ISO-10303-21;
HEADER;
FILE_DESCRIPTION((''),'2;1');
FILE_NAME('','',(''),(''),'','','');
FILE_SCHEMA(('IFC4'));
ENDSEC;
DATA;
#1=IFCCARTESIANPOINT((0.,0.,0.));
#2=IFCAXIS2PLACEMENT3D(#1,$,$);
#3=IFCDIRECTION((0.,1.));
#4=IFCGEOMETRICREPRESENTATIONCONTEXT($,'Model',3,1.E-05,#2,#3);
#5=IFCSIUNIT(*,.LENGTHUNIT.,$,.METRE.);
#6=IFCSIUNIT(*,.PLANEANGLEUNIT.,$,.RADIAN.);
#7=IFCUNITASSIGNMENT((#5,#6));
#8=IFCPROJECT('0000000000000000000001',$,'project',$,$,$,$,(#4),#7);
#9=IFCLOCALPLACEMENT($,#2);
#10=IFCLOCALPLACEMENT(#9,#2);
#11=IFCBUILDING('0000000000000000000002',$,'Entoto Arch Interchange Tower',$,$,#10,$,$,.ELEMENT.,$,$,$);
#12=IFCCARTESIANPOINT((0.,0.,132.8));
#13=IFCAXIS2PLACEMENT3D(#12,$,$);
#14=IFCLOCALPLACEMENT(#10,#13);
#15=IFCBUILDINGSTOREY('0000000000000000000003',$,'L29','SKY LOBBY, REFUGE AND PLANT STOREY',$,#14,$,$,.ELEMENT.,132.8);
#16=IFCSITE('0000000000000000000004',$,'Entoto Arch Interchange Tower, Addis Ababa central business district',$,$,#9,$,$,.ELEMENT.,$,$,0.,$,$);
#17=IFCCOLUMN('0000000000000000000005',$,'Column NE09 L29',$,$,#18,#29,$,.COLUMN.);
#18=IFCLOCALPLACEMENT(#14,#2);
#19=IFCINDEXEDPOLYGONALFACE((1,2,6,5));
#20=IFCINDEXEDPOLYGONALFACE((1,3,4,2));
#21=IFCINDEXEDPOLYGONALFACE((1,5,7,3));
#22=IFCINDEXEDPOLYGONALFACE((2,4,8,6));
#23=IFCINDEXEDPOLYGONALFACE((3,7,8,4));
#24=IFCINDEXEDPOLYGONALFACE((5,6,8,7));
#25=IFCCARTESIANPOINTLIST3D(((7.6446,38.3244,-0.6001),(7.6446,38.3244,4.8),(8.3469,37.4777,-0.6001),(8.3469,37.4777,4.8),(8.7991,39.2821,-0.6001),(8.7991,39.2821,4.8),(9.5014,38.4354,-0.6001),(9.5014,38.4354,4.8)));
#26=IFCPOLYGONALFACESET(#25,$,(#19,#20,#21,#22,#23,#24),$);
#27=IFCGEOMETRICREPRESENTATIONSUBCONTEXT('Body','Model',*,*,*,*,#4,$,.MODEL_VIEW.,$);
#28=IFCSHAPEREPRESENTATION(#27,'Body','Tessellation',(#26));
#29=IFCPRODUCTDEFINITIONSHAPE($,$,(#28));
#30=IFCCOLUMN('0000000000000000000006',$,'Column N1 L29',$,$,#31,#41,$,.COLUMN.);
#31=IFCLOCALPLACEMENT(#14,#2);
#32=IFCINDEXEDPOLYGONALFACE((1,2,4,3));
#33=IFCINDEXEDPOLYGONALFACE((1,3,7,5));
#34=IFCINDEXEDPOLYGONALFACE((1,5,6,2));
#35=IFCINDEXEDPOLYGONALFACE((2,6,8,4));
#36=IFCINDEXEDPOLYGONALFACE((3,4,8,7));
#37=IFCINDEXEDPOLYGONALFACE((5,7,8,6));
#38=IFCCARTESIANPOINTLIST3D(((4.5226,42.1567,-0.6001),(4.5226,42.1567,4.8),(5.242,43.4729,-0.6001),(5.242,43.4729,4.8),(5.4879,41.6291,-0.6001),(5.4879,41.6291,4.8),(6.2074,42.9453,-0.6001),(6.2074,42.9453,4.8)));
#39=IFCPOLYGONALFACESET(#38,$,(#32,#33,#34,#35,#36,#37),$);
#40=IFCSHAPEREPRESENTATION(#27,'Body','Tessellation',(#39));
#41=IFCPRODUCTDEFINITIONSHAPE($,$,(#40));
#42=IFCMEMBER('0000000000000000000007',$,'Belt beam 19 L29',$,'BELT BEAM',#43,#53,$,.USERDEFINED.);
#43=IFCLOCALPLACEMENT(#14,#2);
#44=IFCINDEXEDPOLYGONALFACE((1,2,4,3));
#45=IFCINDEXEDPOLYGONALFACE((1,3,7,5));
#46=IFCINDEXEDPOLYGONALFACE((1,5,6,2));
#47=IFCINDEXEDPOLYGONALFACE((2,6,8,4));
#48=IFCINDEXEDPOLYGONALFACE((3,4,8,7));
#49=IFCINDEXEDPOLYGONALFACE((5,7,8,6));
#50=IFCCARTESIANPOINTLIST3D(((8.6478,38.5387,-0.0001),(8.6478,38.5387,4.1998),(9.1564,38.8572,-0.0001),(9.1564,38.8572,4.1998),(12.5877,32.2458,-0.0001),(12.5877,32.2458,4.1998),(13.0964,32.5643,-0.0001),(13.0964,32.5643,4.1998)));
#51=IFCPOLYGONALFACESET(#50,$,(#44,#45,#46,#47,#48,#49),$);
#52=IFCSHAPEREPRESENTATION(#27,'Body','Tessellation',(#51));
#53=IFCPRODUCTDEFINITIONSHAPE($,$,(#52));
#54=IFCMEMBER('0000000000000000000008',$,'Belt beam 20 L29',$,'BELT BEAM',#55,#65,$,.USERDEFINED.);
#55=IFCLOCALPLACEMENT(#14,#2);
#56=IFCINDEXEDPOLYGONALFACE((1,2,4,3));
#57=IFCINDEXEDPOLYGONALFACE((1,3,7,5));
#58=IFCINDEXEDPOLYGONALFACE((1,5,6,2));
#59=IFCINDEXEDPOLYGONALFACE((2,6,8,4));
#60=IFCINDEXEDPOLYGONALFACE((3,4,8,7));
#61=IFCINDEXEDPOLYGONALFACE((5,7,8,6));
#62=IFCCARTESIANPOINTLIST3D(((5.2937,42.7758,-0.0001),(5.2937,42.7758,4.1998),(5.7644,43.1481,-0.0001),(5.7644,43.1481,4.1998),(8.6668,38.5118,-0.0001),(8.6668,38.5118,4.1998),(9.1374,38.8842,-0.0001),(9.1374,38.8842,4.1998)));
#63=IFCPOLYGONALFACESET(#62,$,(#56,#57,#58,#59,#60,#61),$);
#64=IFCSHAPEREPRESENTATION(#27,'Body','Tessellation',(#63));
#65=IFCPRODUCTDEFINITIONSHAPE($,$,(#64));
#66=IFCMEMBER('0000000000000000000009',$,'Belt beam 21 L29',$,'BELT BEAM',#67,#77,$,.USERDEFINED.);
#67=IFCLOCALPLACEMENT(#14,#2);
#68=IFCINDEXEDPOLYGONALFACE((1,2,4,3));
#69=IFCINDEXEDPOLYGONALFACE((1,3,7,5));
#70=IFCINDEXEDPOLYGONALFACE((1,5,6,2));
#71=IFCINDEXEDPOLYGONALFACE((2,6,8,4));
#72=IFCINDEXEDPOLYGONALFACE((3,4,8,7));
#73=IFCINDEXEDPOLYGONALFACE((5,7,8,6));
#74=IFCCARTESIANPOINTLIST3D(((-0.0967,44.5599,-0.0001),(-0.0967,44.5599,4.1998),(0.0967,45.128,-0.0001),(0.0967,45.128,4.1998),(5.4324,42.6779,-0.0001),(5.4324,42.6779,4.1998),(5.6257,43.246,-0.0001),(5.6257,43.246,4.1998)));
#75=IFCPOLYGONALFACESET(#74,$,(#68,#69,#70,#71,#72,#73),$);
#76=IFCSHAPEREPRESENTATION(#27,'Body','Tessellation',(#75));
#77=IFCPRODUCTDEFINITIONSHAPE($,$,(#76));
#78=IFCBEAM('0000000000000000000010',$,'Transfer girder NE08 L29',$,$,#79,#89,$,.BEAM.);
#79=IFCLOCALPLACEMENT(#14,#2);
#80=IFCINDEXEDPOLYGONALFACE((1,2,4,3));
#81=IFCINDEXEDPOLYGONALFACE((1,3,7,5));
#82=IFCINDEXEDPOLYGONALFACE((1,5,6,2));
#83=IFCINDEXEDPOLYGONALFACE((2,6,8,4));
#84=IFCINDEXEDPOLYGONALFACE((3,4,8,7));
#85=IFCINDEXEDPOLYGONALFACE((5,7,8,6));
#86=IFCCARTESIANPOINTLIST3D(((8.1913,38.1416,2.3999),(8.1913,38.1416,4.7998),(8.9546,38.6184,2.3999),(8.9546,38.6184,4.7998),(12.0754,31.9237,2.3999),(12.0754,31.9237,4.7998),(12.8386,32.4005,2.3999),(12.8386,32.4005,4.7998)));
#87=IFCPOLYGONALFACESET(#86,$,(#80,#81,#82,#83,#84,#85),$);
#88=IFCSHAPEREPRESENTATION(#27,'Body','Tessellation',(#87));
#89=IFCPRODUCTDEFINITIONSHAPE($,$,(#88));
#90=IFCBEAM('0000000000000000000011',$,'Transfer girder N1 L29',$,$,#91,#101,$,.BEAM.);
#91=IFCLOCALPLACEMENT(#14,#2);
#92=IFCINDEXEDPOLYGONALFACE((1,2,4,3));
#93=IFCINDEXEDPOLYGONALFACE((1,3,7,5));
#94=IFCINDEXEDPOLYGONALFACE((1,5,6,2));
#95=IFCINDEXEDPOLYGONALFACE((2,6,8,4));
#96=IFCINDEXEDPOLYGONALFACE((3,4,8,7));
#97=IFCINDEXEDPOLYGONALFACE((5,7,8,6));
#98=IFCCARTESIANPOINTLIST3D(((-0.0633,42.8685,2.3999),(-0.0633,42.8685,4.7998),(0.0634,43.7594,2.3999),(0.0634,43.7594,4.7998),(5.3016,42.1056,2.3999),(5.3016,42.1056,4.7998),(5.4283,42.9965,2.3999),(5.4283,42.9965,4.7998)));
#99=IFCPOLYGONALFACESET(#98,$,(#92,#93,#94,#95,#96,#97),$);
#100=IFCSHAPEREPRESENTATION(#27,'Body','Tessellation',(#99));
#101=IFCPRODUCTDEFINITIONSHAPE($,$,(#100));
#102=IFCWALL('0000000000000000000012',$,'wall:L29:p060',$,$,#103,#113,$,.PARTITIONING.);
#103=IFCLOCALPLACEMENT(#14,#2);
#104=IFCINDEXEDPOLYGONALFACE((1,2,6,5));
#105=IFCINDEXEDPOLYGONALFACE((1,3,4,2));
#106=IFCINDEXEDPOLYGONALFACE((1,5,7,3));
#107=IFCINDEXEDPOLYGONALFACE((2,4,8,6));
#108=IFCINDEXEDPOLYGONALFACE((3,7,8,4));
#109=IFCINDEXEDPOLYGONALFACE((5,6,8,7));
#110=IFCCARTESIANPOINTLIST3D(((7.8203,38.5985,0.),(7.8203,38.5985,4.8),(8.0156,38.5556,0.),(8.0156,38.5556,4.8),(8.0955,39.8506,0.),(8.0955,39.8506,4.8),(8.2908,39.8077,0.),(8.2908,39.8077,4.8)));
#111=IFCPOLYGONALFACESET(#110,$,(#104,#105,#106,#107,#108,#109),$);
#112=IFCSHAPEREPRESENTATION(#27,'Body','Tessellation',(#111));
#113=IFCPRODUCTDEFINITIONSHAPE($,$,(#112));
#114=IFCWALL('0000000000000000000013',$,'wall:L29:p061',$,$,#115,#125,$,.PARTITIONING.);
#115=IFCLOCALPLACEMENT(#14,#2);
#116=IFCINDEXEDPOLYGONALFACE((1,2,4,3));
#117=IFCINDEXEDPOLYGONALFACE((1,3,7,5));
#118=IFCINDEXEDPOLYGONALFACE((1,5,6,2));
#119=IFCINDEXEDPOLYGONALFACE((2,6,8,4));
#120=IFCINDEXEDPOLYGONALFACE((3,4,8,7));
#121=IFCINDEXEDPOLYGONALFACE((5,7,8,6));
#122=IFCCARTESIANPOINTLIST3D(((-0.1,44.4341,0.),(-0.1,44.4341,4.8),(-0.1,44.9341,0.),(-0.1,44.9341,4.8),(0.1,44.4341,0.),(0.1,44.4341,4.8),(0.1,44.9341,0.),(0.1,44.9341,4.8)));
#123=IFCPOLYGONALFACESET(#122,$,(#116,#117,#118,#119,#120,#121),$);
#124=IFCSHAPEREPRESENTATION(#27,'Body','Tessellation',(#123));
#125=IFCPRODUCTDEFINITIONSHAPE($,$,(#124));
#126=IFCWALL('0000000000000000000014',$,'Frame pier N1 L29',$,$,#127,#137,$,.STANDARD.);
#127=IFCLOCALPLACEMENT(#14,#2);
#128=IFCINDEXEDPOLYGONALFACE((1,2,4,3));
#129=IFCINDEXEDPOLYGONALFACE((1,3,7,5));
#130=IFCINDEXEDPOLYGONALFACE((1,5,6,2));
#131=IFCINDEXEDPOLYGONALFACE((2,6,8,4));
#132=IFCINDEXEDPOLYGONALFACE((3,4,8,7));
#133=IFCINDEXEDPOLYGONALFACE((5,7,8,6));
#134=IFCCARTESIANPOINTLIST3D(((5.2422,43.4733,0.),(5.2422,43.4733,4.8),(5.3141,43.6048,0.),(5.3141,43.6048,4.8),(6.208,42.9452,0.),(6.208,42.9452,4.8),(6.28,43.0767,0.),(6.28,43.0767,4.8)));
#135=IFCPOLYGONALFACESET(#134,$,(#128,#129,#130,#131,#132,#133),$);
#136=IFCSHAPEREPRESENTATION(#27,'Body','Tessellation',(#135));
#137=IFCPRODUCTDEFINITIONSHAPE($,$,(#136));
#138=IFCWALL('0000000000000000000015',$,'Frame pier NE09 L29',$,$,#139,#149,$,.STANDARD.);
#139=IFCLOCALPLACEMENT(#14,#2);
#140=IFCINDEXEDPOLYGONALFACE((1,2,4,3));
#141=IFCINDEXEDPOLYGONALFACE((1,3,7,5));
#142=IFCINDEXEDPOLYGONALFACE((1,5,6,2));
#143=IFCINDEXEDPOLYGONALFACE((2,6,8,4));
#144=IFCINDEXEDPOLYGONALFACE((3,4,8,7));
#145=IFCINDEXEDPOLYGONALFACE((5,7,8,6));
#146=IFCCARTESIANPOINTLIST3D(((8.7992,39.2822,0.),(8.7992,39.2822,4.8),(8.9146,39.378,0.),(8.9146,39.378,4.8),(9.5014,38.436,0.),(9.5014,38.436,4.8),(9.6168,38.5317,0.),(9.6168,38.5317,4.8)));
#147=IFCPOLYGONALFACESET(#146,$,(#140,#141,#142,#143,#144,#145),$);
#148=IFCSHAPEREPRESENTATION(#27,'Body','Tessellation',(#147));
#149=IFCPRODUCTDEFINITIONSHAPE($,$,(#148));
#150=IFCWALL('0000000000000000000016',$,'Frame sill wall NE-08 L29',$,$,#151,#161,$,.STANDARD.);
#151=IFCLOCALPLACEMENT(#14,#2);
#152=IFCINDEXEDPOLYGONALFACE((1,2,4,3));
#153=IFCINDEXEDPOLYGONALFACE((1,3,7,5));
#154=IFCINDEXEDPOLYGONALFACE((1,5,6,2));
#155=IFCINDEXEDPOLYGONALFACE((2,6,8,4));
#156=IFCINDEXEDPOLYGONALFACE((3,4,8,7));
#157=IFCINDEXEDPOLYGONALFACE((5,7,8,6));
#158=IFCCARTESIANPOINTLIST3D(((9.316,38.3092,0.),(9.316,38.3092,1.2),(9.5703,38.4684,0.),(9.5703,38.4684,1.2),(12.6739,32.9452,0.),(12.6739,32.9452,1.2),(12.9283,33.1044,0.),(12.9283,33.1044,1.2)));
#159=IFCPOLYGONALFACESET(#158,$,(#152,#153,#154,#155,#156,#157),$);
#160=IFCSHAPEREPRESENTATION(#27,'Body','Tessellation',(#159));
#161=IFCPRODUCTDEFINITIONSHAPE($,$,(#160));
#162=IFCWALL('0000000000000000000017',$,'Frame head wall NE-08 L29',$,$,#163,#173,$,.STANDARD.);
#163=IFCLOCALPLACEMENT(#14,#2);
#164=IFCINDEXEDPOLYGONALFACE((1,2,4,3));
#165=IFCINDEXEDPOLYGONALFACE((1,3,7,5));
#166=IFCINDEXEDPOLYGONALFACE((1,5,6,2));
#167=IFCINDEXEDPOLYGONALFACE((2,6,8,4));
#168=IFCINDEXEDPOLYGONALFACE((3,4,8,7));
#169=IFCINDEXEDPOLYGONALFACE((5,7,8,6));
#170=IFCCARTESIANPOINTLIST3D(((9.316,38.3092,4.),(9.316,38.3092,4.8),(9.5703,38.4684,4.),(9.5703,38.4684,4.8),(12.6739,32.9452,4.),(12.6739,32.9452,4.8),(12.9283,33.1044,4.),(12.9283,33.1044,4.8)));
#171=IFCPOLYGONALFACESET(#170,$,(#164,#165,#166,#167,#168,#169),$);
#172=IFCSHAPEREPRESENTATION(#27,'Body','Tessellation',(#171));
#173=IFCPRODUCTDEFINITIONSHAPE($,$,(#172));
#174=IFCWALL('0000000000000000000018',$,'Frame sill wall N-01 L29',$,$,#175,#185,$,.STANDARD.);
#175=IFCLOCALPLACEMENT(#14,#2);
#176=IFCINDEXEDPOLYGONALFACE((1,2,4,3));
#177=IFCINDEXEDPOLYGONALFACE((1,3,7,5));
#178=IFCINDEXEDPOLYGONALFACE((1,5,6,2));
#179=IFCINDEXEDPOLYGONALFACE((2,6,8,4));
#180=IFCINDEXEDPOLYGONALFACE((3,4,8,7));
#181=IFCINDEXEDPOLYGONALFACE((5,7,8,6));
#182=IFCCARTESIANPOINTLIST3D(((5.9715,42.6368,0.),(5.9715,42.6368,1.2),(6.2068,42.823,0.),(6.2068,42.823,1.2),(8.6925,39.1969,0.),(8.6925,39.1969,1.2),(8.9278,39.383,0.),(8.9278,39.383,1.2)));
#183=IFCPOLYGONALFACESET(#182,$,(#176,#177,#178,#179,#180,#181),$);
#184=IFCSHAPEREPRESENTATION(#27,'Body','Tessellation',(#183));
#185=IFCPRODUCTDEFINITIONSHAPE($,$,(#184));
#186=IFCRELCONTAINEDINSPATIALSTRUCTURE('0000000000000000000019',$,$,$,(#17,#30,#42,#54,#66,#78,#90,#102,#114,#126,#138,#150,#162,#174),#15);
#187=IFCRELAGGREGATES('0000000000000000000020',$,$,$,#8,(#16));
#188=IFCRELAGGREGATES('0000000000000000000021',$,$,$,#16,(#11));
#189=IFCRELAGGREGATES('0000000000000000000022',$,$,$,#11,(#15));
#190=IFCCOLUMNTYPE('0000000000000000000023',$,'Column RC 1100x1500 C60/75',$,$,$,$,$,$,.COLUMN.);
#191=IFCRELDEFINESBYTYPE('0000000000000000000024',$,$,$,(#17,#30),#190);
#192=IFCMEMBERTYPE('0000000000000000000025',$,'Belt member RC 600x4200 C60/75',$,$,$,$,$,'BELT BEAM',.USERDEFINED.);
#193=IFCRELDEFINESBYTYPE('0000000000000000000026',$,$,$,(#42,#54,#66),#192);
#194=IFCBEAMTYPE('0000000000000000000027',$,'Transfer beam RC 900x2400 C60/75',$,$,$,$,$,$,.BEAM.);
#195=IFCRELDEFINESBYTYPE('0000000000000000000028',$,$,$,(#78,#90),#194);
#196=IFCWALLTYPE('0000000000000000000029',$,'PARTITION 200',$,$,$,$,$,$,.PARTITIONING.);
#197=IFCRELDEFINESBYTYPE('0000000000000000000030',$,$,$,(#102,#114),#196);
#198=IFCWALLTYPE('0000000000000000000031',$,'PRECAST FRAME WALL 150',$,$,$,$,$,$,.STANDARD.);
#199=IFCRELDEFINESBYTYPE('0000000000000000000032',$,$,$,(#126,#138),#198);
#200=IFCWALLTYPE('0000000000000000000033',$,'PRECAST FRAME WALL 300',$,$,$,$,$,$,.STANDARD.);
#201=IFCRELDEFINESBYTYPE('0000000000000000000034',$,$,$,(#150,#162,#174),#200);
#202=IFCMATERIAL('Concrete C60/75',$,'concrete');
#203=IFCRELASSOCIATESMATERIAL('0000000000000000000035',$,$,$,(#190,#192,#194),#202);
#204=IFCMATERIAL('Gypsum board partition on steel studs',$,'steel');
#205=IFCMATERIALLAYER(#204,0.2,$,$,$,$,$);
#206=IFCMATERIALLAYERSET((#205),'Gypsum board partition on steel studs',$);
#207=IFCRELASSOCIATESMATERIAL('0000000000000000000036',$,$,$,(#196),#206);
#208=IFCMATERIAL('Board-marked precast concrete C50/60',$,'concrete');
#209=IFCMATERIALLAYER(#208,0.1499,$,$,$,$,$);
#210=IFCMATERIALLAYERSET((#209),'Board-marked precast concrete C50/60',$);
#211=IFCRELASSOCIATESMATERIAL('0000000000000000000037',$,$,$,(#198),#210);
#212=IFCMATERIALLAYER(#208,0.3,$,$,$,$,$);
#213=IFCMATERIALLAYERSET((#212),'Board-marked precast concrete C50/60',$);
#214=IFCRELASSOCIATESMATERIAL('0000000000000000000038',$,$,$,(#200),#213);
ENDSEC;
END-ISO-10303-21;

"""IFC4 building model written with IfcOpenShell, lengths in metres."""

from ifc_helpers import new_model, si_unit, direction, frame, frame_2d, origin, origin_2d, place, context, subcontext, project, spatial, rectangle, extrude, material, layer, layer_set, material_profile, profile_set, type_object, element, save


model = new_model("IFC4")

# Units and contexts
model_context = context("Model", 3, precision=1e-05, world=origin(), true_north=direction((0.0, 1.0)))
body_context = subcontext(model_context, "Body", "Model", "MODEL_VIEW")
ifc_project = project(units=[si_unit("LENGTHUNIT", "METRE"), si_unit("PLANEANGLEUNIT", "RADIAN")], contexts=[model_context])

# Site, building, storey
site_placement = place(None, origin())
site = spatial("IfcSite", under=ifc_project, at=site_placement, Name="Entoto Arch Interchange Tower, Addis Ababa central business district", CompositionType="ELEMENT", RefElevation=0.0)
building_placement = place(site_placement, origin())
building = spatial("IfcBuilding", under=site, at=building_placement, Name="Entoto Arch Interchange Tower", CompositionType="ELEMENT")
storey_placement = place(building_placement, frame((0.0, 0.0, 132.8)))
storey = spatial("IfcBuildingStorey", under=building, at=storey_placement, Name="L29", Description="SKY LOBBY, REFUGE AND PLANT STOREY", CompositionType="ELEMENT", Elevation=132.8)

# Columns
ifc_material_1 = material(Name="Concrete C60/75", Category="concrete")
ifc_material_profile_1 = material_profile(ifc_material_1, rectangle(XDim=1.1001, YDim=1.5, at=origin_2d()))
ifc_profile_set_1 = profile_set([ifc_material_profile_1], Name="Concrete C60/75")
column_type = type_object("IfcColumnType", Name="Column RC 1100x1500 C60/75", PredefinedType="COLUMN", material=ifc_profile_set_1)
for number, where, z_axis, x_axis, name in (
    (1, (8.573, 38.3799, -0.6001), (0.0, 0.0, 1.0), (-0.638459, 0.769656, 0.0), "Column NE09 L29"),
    (2, (5.365, 42.551, -0.6001), (0.0, 0.0, 1.0), (-0.877481, 0.479611, 0.0), "Column N1 L29"),
):
    element("IfcColumn", number, at=place(storey_placement, frame(where, z_axis=z_axis, x_axis=x_axis)), inside=storey, type_object=column_type, Name=name, PredefinedType="COLUMN", context=body_context, shape_type="SweptSolid", body=[
        extrude(rectangle(XDim=1.1001, YDim=1.5, at=origin_2d()), origin(), (0.0, 0.0, 1.0), 5.4001),
    ])

# Members
ifc_material_profile_2 = material_profile(ifc_material_1, rectangle(XDim=0.6001, YDim=4.2, at=origin_2d()))
ifc_profile_set_2 = profile_set([ifc_material_profile_2], Name="Concrete C60/75")
member_type = type_object("IfcMemberType", Name="Belt member RC 600x4200 C60/75", ElementType="BELT BEAM", PredefinedType="USERDEFINED", material=ifc_profile_set_2)
member_1_placement = place(storey_placement, frame((12.842, 32.405, 2.0999), z_axis=(-0.530661, 0.847584, 0.0), x_axis=(-0.847584, -0.530661, 0.0)))
element("IfcMember", 3, at=member_1_placement, inside=storey, type_object=member_type, Name="Belt beam 19 L29", ObjectType="BELT BEAM", PredefinedType="USERDEFINED", context=body_context, shape_type="SweptSolid", body=[
    extrude(rectangle(XDim=0.6001, YDim=4.2, at=origin_2d()), origin(), (0.0, 0.0, 1.0), 7.4246),
])
member_2_placement = place(storey_placement, frame((8.9021, 38.698, 2.0999), z_axis=(-0.620414, 0.784274, 0.0), x_axis=(-0.784274, -0.620414, 0.0)))
element("IfcMember", 4, at=member_2_placement, inside=storey, type_object=member_type, Name="Belt beam 20 L29", ObjectType="BELT BEAM", PredefinedType="USERDEFINED", context=body_context, shape_type="SweptSolid", body=[
    extrude(rectangle(XDim=0.6001, YDim=4.2, at=origin_2d()), origin(), (0.0, 0.0, 1.0), 5.4368),
])
member_3_placement = place(storey_placement, frame((5.5291, 42.9619, 2.0999), z_axis=(-0.946658, 0.322241, 0.0), x_axis=(-0.322241, -0.946658, 0.0)))
element("IfcMember", 5, at=member_3_placement, inside=storey, type_object=member_type, Name="Belt beam 21 L29", ObjectType="BELT BEAM", PredefinedType="USERDEFINED", context=body_context, shape_type="SweptSolid", body=[
    extrude(rectangle(XDim=0.6001, YDim=4.2, at=origin_2d()), origin(), (0.0, 0.0, 1.0), 5.8406),
])

# Beams
ifc_material_profile_3 = material_profile(ifc_material_1, rectangle(XDim=0.8999, YDim=2.3999, at=origin_2d()))
ifc_profile_set_3 = profile_set([ifc_material_profile_3], Name="Concrete C60/75")
beam_type = type_object("IfcBeamType", Name="Transfer beam RC 900x2400 C60/75", PredefinedType="BEAM", material=ifc_profile_set_3)
beam_1_placement = place(storey_placement, frame((12.457, 32.1621, 3.5999), z_axis=(-0.529795, 0.848125, 0.0), x_axis=(-0.848125, -0.529795, 0.0)))
element("IfcBeam", 6, at=beam_1_placement, inside=storey, type_object=beam_type, Name="Transfer girder NE08 L29", PredefinedType="BEAM", context=body_context, shape_type="SweptSolid", body=[
    extrude(rectangle(XDim=0.8999, YDim=2.3999, at=origin_2d()), origin(), (0.0, 0.0, 1.0), 7.3313),
])
beam_2_placement = place(storey_placement, frame((5.365, 42.551, 3.5999), z_axis=(-0.990039, 0.140791, 0.0), x_axis=(-0.140791, -0.990039, 0.0)))
element("IfcBeam", 7, at=beam_2_placement, inside=storey, type_object=beam_type, Name="Transfer girder N1 L29", PredefinedType="BEAM", context=body_context, shape_type="SweptSolid", body=[
    extrude(rectangle(XDim=0.8999, YDim=2.3999, at=origin_2d()), origin(), (0.0, 0.0, 1.0), 5.4189),
])

# Walls
ifc_material_2 = material(Name="Gypsum board partition on steel studs", Category="steel")
ifc_layer_1 = layer(ifc_material_2, 0.2)
ifc_layer_set_1 = layer_set([ifc_layer_1], Name="Gypsum board partition on steel studs")
wall_type_1 = type_object("IfcWallType", Name="PARTITION 200", PredefinedType="PARTITIONING", material=ifc_layer_set_1)
wall_1_placement = place(storey_placement, frame((7.918, 38.5769, 0.0), z_axis=(0.0, 0.0, 1.0), x_axis=(0.214611, 0.9767, 0.0)))
element("IfcWall", 8, at=wall_1_placement, inside=storey, type_object=wall_type_1, Name="wall:L29:p060", PredefinedType="PARTITIONING", context=body_context, shape_type="SweptSolid", body=[
    extrude(rectangle(XDim=1.282, YDim=0.2, at=frame_2d((0.6411, 0.0))), origin(), (0.0, 0.0, 1.0), 4.8),
])
wall_2_placement = place(storey_placement, frame((0.0, 44.4341, 0.0), z_axis=(0.0, 0.0, 1.0), x_axis=(0.0, 1.0, 0.0)))
element("IfcWall", 9, at=wall_2_placement, inside=storey, type_object=wall_type_1, Name="wall:L29:p061", PredefinedType="PARTITIONING", context=body_context, shape_type="SweptSolid", body=[
    extrude(rectangle(XDim=0.5, YDim=0.2, at=frame_2d((0.25, 0.0))), origin(), (0.0, 0.0, 1.0), 4.8),
])
ifc_material_3 = material(Name="Board-marked precast concrete C50/60", Category="concrete")
ifc_layer_2 = layer(ifc_material_3, 0.1499)
ifc_layer_set_2 = layer_set([ifc_layer_2], Name="Board-marked precast concrete C50/60")
wall_type_2 = type_object("IfcWallType", Name="PRECAST FRAME WALL 150", PredefinedType="STANDARD", material=ifc_layer_set_2)
wall_3_placement = place(storey_placement, frame((6.2439, 43.011, 0.0), z_axis=(0.0, 0.0, 1.0), x_axis=(-0.877412, 0.479738, 0.0)))
element("IfcWall", 10, at=wall_3_placement, inside=storey, type_object=wall_type_2, Name="Frame pier N1 L29", PredefinedType="STANDARD", context=body_context, shape_type="SweptSolid", body=[
    extrude(rectangle(XDim=1.1008, YDim=0.1499, at=frame_2d((0.5503, 0.0))), origin(), (0.0, 0.0, 1.0), 4.8),
])
wall_4_placement = place(storey_placement, frame((9.5591, 38.4839, 0.0), z_axis=(0.0, 0.0, 1.0), x_axis=(-0.638567, 0.769566, 0.0)))
element("IfcWall", 11, at=wall_4_placement, inside=storey, type_object=wall_type_2, Name="Frame pier NE09 L29", PredefinedType="STANDARD", context=body_context, shape_type="SweptSolid", body=[
    extrude(rectangle(XDim=1.0996, YDim=0.1499, at=frame_2d((0.5498, 0.0))), origin(), (0.0, 0.0, 1.0), 4.8),
])
ifc_layer_3 = layer(ifc_material_3, 0.3)
ifc_layer_set_3 = layer_set([ifc_layer_3], Name="Board-marked precast concrete C50/60")
wall_type_3 = type_object("IfcWallType", Name="PRECAST FRAME WALL 300", PredefinedType="STANDARD", material=ifc_layer_set_3)
wall_5_placement = place(storey_placement, frame((12.801, 33.0249, 0.0), z_axis=(0.0, 0.0, 1.0), x_axis=(-0.530613, 0.847614, 0.0)))
element("IfcWall", 12, at=wall_5_placement, inside=storey, type_object=wall_type_3, Name="Frame sill wall NE-08 L29", PredefinedType="STANDARD", context=body_context, shape_type="SweptSolid", body=[
    extrude(rectangle(XDim=6.3284, YDim=0.3, at=frame_2d((3.1641, 0.0))), origin(), (0.0, 0.0, 1.0), 1.2),
])
wall_6_placement = place(storey_placement, frame((12.801, 33.0249, 4.0), z_axis=(0.0, 0.0, 1.0), x_axis=(-0.530613, 0.847614, 0.0)))
element("IfcWall", 13, at=wall_6_placement, inside=storey, type_object=wall_type_3, Name="Frame head wall NE-08 L29", PredefinedType="STANDARD", context=body_context, shape_type="SweptSolid", body=[
    extrude(rectangle(XDim=6.3284, YDim=0.3, at=frame_2d((3.1641, 0.0))), origin(), (0.0, 0.0, 1.0), 0.8),
])
wall_7_placement = place(storey_placement, frame((8.8101, 39.29, 0.0), z_axis=(0.0, 0.0, 1.0), x_axis=(-0.620375, 0.784305, 0.0)))
element("IfcWall", 14, at=wall_7_placement, inside=storey, type_object=wall_type_3, Name="Frame sill wall N-01 L29", PredefinedType="STANDARD", context=body_context, shape_type="SweptSolid", body=[
    extrude(rectangle(XDim=4.386, YDim=0.3, at=frame_2d((2.1929, 0.0))), origin(), (0.0, 0.0, 1.0), 1.2),
])

save(model, "model.ifc")
